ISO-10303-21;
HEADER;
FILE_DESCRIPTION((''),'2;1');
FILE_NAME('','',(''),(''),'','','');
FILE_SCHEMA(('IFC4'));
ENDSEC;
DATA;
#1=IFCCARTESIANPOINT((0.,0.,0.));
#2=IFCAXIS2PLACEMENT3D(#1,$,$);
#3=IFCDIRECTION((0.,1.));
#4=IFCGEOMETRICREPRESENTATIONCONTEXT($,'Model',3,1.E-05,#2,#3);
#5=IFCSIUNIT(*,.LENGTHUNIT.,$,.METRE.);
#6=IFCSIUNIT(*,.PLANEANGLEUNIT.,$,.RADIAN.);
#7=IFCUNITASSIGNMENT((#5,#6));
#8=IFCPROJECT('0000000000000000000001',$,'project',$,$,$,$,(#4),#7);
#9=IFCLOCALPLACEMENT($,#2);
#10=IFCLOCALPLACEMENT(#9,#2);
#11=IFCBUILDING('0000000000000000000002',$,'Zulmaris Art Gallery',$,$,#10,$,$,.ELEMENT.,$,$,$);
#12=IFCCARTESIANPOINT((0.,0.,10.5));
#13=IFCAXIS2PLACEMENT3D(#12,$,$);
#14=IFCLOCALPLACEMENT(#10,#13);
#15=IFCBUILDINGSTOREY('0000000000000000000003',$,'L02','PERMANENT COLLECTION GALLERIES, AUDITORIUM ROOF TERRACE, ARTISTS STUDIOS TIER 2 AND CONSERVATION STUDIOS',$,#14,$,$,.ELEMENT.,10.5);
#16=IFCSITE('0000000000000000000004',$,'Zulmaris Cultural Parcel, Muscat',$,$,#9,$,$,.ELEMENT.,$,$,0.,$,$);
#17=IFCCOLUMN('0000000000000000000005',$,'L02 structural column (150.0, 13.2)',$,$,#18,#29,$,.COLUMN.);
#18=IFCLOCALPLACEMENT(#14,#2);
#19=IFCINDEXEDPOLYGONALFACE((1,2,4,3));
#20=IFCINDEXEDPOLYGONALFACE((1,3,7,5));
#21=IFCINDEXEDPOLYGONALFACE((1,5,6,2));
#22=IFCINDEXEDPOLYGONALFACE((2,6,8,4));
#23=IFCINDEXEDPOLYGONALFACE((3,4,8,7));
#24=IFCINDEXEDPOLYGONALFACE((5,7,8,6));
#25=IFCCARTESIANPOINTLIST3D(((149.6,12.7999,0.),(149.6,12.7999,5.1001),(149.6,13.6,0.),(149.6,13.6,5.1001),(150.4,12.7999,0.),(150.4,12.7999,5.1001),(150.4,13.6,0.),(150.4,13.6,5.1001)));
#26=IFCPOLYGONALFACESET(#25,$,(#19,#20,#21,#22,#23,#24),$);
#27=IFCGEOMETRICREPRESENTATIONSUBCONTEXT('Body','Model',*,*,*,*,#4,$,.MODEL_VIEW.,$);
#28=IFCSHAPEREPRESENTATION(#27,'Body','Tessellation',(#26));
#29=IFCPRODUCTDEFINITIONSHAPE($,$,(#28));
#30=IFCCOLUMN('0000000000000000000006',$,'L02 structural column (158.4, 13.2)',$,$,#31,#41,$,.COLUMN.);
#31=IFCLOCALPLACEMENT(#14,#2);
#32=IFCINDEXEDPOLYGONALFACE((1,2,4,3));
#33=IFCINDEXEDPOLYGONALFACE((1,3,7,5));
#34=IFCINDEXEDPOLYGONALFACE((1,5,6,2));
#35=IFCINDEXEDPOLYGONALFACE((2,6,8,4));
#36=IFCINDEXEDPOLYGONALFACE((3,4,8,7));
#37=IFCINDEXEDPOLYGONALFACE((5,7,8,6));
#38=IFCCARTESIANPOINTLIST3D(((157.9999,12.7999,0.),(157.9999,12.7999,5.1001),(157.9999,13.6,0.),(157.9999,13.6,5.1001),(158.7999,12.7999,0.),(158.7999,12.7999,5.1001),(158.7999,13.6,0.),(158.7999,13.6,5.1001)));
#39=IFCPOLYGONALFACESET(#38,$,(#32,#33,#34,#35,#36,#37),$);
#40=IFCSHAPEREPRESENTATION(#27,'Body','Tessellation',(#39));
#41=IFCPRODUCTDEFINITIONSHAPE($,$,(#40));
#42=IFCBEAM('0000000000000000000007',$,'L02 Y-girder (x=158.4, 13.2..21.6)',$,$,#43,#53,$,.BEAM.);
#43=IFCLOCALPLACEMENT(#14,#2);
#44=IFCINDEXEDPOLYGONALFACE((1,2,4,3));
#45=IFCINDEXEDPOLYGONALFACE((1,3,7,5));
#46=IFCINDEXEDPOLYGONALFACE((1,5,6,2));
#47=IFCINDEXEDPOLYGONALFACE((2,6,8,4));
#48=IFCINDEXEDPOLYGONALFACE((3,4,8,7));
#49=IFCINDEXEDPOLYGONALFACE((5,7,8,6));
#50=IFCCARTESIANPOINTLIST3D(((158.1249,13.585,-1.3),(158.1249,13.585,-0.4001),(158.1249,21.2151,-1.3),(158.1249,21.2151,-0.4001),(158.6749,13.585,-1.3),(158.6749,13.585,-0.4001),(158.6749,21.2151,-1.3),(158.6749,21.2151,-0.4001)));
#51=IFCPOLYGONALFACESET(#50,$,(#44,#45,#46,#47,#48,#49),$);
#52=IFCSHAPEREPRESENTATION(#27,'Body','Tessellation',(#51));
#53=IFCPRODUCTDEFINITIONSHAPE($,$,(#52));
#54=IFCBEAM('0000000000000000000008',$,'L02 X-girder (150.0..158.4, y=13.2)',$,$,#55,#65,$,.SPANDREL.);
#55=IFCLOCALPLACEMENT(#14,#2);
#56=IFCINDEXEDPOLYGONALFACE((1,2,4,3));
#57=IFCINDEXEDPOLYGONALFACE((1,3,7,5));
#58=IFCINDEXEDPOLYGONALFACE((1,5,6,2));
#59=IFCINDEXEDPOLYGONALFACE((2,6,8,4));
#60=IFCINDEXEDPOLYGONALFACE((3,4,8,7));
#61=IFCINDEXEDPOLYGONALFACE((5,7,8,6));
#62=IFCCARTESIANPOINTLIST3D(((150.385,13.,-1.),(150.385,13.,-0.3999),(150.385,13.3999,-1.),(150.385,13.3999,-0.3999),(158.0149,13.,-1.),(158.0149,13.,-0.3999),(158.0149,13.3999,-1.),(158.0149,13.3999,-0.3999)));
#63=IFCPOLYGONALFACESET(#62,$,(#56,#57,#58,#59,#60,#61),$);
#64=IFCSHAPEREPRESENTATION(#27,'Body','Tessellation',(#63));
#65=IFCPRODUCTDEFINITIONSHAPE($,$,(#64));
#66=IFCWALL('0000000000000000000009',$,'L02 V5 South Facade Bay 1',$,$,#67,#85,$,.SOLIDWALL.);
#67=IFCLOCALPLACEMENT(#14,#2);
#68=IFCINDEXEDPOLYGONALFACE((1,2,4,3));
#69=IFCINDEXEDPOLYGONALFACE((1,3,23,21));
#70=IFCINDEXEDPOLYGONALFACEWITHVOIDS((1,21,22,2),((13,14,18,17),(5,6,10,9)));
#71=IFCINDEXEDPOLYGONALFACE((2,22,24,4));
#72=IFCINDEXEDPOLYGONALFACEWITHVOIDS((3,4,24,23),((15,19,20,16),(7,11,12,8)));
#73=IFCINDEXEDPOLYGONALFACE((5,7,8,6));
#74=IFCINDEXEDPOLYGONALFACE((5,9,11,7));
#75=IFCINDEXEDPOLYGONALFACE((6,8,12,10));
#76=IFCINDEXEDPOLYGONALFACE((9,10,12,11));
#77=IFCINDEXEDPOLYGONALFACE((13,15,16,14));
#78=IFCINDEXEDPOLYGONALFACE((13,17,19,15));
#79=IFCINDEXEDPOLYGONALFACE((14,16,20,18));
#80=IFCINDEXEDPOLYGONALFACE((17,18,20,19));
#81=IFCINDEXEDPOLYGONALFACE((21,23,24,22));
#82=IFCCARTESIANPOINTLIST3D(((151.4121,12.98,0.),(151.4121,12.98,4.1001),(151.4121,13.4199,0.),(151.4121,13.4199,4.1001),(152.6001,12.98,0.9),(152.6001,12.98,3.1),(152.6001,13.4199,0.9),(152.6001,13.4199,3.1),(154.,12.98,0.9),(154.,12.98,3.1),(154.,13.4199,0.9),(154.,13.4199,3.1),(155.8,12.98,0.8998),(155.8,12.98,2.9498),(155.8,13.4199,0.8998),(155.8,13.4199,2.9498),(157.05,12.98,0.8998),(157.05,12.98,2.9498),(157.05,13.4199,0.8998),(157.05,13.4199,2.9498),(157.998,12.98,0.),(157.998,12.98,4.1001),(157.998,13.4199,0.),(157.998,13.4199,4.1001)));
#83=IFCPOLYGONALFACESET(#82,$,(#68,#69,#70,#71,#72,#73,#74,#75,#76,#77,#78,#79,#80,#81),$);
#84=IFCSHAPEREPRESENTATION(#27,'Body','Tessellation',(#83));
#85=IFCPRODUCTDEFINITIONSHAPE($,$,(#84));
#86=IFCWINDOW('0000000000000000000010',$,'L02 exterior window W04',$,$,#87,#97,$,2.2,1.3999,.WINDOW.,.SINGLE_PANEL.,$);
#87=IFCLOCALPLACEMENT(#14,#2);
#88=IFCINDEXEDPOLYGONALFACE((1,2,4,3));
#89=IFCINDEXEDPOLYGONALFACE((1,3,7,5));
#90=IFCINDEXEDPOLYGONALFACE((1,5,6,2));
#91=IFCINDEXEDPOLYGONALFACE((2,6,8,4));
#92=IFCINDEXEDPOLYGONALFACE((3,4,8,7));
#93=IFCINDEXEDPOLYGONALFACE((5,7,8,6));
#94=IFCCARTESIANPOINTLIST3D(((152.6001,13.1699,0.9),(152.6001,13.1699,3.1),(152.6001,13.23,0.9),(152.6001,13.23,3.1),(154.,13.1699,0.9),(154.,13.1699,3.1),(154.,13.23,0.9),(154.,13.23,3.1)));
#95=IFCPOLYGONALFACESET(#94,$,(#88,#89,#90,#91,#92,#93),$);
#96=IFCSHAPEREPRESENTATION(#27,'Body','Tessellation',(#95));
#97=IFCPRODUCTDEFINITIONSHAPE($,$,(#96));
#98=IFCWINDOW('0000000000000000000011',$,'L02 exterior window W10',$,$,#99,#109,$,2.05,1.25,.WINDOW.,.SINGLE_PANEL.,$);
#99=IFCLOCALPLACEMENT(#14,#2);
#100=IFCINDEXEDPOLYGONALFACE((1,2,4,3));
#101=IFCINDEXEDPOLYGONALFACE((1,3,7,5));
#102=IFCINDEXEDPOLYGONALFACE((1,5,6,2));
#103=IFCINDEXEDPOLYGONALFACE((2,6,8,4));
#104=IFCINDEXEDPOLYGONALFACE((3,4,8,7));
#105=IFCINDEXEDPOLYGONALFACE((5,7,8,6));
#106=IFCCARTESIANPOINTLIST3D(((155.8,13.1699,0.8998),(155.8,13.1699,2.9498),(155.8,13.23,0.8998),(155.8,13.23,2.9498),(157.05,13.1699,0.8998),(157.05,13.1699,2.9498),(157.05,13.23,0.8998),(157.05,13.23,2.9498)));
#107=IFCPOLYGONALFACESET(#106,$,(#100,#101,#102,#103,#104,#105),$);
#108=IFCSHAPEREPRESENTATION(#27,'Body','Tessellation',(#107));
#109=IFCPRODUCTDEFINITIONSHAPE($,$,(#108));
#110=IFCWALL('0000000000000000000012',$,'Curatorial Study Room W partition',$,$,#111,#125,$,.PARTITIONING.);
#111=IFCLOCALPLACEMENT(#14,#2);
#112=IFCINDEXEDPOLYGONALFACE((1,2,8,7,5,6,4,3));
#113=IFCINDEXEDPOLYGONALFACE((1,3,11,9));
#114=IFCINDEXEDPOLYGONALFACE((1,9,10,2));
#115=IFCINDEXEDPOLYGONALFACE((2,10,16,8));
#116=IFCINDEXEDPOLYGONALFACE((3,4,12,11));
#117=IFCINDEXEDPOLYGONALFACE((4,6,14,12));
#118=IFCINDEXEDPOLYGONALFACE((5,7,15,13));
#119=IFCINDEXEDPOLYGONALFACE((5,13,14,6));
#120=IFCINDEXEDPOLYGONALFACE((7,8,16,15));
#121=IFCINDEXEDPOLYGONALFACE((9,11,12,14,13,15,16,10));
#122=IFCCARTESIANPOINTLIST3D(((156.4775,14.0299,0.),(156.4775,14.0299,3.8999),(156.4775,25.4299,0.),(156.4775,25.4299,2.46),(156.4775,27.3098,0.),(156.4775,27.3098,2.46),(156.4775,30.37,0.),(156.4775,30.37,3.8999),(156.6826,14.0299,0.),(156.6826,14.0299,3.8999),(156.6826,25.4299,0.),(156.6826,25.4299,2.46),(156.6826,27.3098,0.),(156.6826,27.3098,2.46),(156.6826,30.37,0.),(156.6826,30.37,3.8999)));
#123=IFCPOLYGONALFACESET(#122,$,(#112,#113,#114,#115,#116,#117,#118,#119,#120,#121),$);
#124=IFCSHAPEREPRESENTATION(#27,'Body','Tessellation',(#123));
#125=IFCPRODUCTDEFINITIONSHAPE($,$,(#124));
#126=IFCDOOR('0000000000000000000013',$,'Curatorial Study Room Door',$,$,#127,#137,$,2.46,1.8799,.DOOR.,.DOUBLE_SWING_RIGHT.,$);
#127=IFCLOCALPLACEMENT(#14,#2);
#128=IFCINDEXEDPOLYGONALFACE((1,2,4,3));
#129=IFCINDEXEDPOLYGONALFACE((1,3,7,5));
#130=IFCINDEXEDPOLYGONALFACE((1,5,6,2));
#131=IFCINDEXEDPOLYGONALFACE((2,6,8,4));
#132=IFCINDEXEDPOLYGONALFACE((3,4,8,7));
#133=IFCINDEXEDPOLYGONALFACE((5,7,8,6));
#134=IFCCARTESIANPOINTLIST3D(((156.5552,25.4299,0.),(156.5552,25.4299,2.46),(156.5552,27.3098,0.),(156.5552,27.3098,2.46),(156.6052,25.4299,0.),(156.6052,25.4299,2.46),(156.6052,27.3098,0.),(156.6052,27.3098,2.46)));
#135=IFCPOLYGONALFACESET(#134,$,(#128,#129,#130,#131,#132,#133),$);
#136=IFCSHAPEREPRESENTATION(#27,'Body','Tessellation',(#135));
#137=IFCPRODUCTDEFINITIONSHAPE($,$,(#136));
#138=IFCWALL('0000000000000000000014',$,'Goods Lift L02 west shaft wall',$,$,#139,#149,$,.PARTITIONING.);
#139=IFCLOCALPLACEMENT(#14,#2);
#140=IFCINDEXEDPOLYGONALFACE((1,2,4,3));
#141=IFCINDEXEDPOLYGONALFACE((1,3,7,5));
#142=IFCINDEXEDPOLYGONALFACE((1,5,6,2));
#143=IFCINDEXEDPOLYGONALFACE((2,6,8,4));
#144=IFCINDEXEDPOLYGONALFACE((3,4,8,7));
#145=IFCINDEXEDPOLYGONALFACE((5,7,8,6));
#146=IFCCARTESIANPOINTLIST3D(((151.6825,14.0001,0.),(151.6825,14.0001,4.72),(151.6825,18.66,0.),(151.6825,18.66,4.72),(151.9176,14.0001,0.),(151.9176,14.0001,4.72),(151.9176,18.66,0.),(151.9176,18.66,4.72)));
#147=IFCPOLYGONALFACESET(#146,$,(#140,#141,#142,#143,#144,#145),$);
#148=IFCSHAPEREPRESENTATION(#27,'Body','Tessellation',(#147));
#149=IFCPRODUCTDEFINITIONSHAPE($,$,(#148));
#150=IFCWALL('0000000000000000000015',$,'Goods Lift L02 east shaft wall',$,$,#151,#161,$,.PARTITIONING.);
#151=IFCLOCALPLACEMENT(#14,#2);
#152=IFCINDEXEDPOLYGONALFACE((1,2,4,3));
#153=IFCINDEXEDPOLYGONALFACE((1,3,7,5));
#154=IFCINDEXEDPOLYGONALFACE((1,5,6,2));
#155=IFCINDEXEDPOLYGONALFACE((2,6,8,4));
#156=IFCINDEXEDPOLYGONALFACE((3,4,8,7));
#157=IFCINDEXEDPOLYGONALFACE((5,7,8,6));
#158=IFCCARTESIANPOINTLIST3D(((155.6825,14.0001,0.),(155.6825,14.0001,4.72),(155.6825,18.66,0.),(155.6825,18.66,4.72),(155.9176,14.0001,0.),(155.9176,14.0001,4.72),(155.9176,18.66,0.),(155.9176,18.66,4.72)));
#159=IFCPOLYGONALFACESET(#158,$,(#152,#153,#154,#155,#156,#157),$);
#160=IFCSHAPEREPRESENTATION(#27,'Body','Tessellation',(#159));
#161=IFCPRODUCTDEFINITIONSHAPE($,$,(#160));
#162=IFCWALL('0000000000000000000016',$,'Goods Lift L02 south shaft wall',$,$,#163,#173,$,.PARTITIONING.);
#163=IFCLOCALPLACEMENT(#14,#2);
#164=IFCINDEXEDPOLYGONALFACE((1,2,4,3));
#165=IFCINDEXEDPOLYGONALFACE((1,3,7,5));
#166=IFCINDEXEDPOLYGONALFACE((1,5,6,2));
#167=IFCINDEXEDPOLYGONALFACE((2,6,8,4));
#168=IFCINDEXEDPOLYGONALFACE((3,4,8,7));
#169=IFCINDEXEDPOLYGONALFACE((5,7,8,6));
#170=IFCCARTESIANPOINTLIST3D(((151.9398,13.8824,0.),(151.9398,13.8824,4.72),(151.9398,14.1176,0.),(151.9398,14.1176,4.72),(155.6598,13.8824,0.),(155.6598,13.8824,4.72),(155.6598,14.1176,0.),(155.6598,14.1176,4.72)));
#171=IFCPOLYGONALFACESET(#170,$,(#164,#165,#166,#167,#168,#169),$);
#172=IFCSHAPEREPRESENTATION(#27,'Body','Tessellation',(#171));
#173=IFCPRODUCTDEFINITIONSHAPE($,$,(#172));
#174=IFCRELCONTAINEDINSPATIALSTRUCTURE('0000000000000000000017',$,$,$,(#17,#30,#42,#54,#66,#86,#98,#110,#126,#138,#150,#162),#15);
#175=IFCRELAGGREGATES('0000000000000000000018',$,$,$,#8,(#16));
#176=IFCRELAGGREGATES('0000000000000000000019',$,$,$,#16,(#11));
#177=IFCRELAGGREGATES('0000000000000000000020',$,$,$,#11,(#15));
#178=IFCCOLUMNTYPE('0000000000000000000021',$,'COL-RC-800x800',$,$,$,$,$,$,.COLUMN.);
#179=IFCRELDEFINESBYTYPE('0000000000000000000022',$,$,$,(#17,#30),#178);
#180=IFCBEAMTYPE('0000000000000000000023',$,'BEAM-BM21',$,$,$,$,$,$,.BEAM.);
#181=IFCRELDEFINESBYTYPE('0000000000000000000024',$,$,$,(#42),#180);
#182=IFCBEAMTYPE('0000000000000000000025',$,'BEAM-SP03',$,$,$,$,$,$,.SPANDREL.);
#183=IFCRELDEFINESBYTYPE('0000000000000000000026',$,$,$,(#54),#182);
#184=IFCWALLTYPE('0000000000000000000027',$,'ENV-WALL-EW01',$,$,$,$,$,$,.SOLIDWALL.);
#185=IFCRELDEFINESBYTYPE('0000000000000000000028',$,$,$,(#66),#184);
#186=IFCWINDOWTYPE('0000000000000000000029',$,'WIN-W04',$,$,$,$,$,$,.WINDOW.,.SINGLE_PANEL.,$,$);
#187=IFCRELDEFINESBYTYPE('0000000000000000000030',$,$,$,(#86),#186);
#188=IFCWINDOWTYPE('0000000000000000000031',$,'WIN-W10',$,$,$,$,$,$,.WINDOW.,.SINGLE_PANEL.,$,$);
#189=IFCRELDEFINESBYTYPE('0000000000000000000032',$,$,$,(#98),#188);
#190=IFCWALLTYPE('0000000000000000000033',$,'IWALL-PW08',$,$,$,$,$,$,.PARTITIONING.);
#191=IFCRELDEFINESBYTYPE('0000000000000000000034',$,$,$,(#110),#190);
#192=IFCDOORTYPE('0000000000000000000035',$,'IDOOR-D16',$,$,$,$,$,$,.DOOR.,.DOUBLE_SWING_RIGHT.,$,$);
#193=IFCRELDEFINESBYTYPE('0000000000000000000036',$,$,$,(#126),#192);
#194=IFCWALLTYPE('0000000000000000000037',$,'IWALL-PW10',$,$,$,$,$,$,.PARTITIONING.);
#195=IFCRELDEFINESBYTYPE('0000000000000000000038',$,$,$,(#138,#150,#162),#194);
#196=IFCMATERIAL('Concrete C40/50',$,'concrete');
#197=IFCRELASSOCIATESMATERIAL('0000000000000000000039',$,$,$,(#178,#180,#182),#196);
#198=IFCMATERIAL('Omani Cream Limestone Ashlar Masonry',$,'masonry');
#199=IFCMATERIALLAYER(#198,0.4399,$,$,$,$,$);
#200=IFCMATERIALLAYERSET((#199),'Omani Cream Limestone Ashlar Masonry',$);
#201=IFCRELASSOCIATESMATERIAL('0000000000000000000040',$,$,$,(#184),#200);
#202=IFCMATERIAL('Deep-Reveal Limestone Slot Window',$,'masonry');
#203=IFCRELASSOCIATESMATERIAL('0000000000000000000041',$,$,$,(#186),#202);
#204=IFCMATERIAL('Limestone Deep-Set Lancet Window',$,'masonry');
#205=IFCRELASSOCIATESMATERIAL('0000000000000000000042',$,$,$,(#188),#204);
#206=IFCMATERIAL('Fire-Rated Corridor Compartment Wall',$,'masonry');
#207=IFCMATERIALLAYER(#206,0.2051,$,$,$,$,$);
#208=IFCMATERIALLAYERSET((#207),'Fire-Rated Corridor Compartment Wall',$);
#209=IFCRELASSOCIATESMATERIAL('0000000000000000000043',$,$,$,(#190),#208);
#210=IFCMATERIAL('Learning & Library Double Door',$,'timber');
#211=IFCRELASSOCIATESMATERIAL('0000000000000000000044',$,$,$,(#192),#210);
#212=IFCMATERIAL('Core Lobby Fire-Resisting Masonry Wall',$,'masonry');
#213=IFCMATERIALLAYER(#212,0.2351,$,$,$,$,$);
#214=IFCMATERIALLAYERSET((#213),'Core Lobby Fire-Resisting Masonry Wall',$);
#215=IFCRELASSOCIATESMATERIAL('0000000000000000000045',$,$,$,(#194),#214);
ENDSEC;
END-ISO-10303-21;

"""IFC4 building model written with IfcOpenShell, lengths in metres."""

from ifc_helpers import new_model, si_unit, direction, frame, frame_2d, origin, origin_2d, place, context, subcontext, project, spatial, rectangle, extrude, material, layer, layer_set, material_profile, profile_set, type_object, element, fill, save


model = new_model("IFC4")

# Units and contexts
model_context = context("Model", 3, precision=1e-05, world=origin(), true_north=direction((0.0, 1.0)))
body_context = subcontext(model_context, "Body", "Model", "MODEL_VIEW")
ifc_project = project(units=[si_unit("LENGTHUNIT", "METRE"), si_unit("PLANEANGLEUNIT", "RADIAN")], contexts=[model_context])

# Site, building, storey
site_placement = place(None, origin())
site = spatial("IfcSite", under=ifc_project, at=site_placement, Name="Zulmaris Cultural Parcel, Muscat", CompositionType="ELEMENT", RefElevation=0.0)
building_placement = place(site_placement, origin())
building = spatial("IfcBuilding", under=site, at=building_placement, Name="Zulmaris Art Gallery", CompositionType="ELEMENT")
storey_placement = place(building_placement, frame((0.0, 0.0, 10.5)))
storey = spatial("IfcBuildingStorey", under=building, at=storey_placement, Name="L02", Description="PERMANENT COLLECTION GALLERIES, AUDITORIUM ROOF TERRACE, ARTISTS STUDIOS TIER 2 AND CONSERVATION STUDIOS", CompositionType="ELEMENT", Elevation=10.5)

# Columns
ifc_material_1 = material(Name="Concrete C40/50", Category="concrete")
ifc_material_profile_1 = material_profile(ifc_material_1, rectangle(XDim=0.8, YDim=0.8, at=origin_2d()), Name="RC 800x800")
ifc_profile_set_1 = profile_set([ifc_material_profile_1], Name="Concrete C40/50")
column_type = type_object("IfcColumnType", Name="COL-RC-800x800", PredefinedType="COLUMN", material=ifc_profile_set_1)
for number, where, z_axis, x_axis, name in (
    (1, (150.0, 13.2, 0.0), (0.0, 0.0, 1.0), (1.0, 0.0, 0.0), "L02 structural column (150.0, 13.2)"),
    (2, (158.3999, 13.2, 0.0), (0.0, 0.0, 1.0), (1.0, 0.0, 0.0), "L02 structural column (158.4, 13.2)"),
):
    element("IfcColumn", number, at=place(storey_placement, frame(where, z_axis=z_axis, x_axis=x_axis)), inside=storey, type_object=column_type, Name=name, PredefinedType="COLUMN", context=body_context, shape_type="SweptSolid", body=[
        extrude(rectangle(XDim=0.8, YDim=0.8, at=origin_2d()), origin(), (0.0, 0.0, 1.0), 5.1001),
    ])

# Beams
ifc_material_profile_2 = material_profile(ifc_material_1, rectangle(XDim=0.55, YDim=0.8999, at=origin_2d()), Name="RC 550x900")
ifc_profile_set_2 = profile_set([ifc_material_profile_2], Name="Concrete C40/50")
beam_type_1 = type_object("IfcBeamType", Name="BEAM-BM21", PredefinedType="BEAM", material=ifc_profile_set_2)
beam_1_placement = place(storey_placement, frame((158.3999, 13.585, -0.8501), z_axis=(0.0, 1.0, 0.0), x_axis=(-1.0, 0.0, 0.0)))
element("IfcBeam", 3, at=beam_1_placement, inside=storey, type_object=beam_type_1, Name="L02 Y-girder (x=158.4, 13.2..21.6)", PredefinedType="BEAM", context=body_context, shape_type="SweptSolid", body=[
    extrude(rectangle(XDim=0.55, YDim=0.8999, at=origin_2d()), origin(), (0.0, 0.0, 1.0), 7.6301),
])
ifc_material_profile_3 = material_profile(ifc_material_1, rectangle(XDim=0.3999, YDim=0.6001, at=origin_2d()), Name="RC 400x600")
ifc_profile_set_3 = profile_set([ifc_material_profile_3], Name="Concrete C40/50")
beam_type_2 = type_object("IfcBeamType", Name="BEAM-SP03", PredefinedType="SPANDREL", material=ifc_profile_set_3)
beam_2_placement = place(storey_placement, frame((150.385, 13.2, -0.7), z_axis=(1.0, 0.0, 0.0), x_axis=(0.0, 1.0, 0.0)))
element("IfcBeam", 4, at=beam_2_placement, inside=storey, type_object=beam_type_2, Name="L02 X-girder (150.0..158.4, y=13.2)", PredefinedType="SPANDREL", context=body_context, shape_type="SweptSolid", body=[
    extrude(rectangle(XDim=0.3999, YDim=0.6001, at=origin_2d()), origin(), (0.0, 0.0, 1.0), 7.6299),
])

# Wall, openings, windows
ifc_material_2 = material(Name="Omani Cream Limestone Ashlar Masonry", Category="masonry")
ifc_layer_1 = layer(ifc_material_2, 0.4399)
ifc_layer_set_1 = layer_set([ifc_layer_1], Name="Omani Cream Limestone Ashlar Masonry")
wall_type_1 = type_object("IfcWallType", Name="ENV-WALL-EW01", PredefinedType="SOLIDWALL", material=ifc_layer_set_1)
wall_1_placement = place(storey_placement, frame((151.4121, 13.2, 0.0), z_axis=(0.0, 0.0, 1.0), x_axis=(1.0, 0.0, 0.0)))
wall_1 = element("IfcWall", 5, at=wall_1_placement, inside=storey, type_object=wall_type_1, Name="L02 V5 South Facade Bay 1", PredefinedType="SOLIDWALL", context=body_context, shape_type="SweptSolid", body=[
    extrude(rectangle(XDim=6.5859, YDim=0.4399, at=frame_2d((3.293, 0.0))), origin(), (0.0, 0.0, 1.0), 4.1001),
])
opening_1_placement = place(wall_1_placement, frame((1.188, 0.0, 0.8999)))
opening_1 = element("IfcOpeningElement", 6, at=opening_1_placement, cuts=wall_1, PredefinedType="OPENING", context=body_context, shape_type="SweptSolid", body=[
    extrude(rectangle(XDim=1.3999, YDim=2.2, at=frame_2d((0.7, 1.1001))), frame((0.0, 0.23, 0.0), z_axis=(0.0, -1.0, 0.0), x_axis=(1.0, 0.0, 0.0)), (0.0, 0.0, 1.0), 0.46),
])
opening_2_placement = place(wall_1_placement, frame((4.3879, 0.0, 0.8999)))
opening_2 = element("IfcOpeningElement", 7, at=opening_2_placement, cuts=wall_1, PredefinedType="OPENING", context=body_context, shape_type="SweptSolid", body=[
    extrude(rectangle(XDim=1.25, YDim=2.05, at=frame_2d((0.625, 1.0249))), frame((0.0, 0.23, 0.0), z_axis=(0.0, -1.0, 0.0), x_axis=(1.0, 0.0, 0.0)), (0.0, 0.0, 1.0), 0.46),
])
ifc_material_3 = material(Name="Deep-Reveal Limestone Slot Window", Category="masonry")
window_type_1 = type_object("IfcWindowType", Name="WIN-W04", PartitioningType="SINGLE_PANEL", PredefinedType="WINDOW", material=ifc_material_3)
window_1_placement = place(opening_1_placement, origin())
window_1 = element("IfcWindow", 8, at=window_1_placement, inside=storey, type_object=window_type_1, Name="L02 exterior window W04", OverallHeight=2.2, OverallWidth=1.3999, PartitioningType="SINGLE_PANEL", PredefinedType="WINDOW", context=body_context, shape_type="SweptSolid", body=[
    extrude(rectangle(XDim=1.3999, YDim=2.2, at=frame_2d((0.7, 1.1001))), frame((0.0, 0.03, 0.0), z_axis=(0.0, -1.0, 0.0), x_axis=(1.0, 0.0, 0.0)), (0.0, 0.0, 1.0), 0.0601),
])
fill(opening_1, window_1)
ifc_material_4 = material(Name="Limestone Deep-Set Lancet Window", Category="masonry")
window_type_2 = type_object("IfcWindowType", Name="WIN-W10", PartitioningType="SINGLE_PANEL", PredefinedType="WINDOW", material=ifc_material_4)
window_2_placement = place(opening_2_placement, origin())
window_2 = element("IfcWindow", 9, at=window_2_placement, inside=storey, type_object=window_type_2, Name="L02 exterior window W10", OverallHeight=2.05, OverallWidth=1.25, PartitioningType="SINGLE_PANEL", PredefinedType="WINDOW", context=body_context, shape_type="SweptSolid", body=[
    extrude(rectangle(XDim=1.25, YDim=2.05, at=frame_2d((0.625, 1.0249))), frame((0.0, 0.03, 0.0), z_axis=(0.0, -1.0, 0.0), x_axis=(1.0, 0.0, 0.0)), (0.0, 0.0, 1.0), 0.0601),
])
fill(opening_2, window_2)

# Wall, opening, door
ifc_material_5 = material(Name="Fire-Rated Corridor Compartment Wall", Category="masonry")
ifc_layer_2 = layer(ifc_material_5, 0.2051)
ifc_layer_set_2 = layer_set([ifc_layer_2], Name="Fire-Rated Corridor Compartment Wall")
wall_type_2 = type_object("IfcWallType", Name="IWALL-PW08", PredefinedType="PARTITIONING", material=ifc_layer_set_2)
wall_2_placement = place(storey_placement, frame((156.5801, 14.03, 0.0), z_axis=(0.0, 0.0, 1.0), x_axis=(0.0, 1.0, 0.0)))
wall_2 = element("IfcWall", 10, at=wall_2_placement, inside=storey, type_object=wall_type_2, Name="Curatorial Study Room W partition", PredefinedType="PARTITIONING", context=body_context, shape_type="SweptSolid", body=[
    extrude(rectangle(XDim=16.3401, YDim=0.2051, at=frame_2d((8.1699, 0.0))), origin(), (0.0, 0.0, 1.0), 3.8999),
])
opening_3_placement = place(wall_2_placement, frame((11.3999, 0.0, 0.0)))
opening_3 = element("IfcOpeningElement", 11, at=opening_3_placement, cuts=wall_2, PredefinedType="OPENING", context=body_context, shape_type="SweptSolid", body=[
    extrude(rectangle(XDim=1.8799, YDim=2.46, at=frame_2d((0.9399, 1.23))), frame((0.0, 0.1125, 0.0), z_axis=(0.0, -1.0, 0.0), x_axis=(1.0, 0.0, 0.0)), (0.0, 0.0, 1.0), 0.2251),
])
ifc_material_6 = material(Name="Learning & Library Double Door", Category="timber")
door_type = type_object("IfcDoorType", Name="IDOOR-D16", OperationType="DOUBLE_SWING_RIGHT", PredefinedType="DOOR", material=ifc_material_6)
door_placement = place(opening_3_placement, origin())
door = element("IfcDoor", 12, at=door_placement, inside=storey, type_object=door_type, Name="Curatorial Study Room Door", OperationType="DOUBLE_SWING_RIGHT", OverallHeight=2.46, OverallWidth=1.8799, PredefinedType="DOOR", context=body_context, shape_type="SweptSolid", body=[
    extrude(rectangle(XDim=1.8799, YDim=2.46, at=frame_2d((0.9399, 1.23))), frame((0.0, 0.0249, 0.0), z_axis=(0.0, -1.0, 0.0), x_axis=(1.0, 0.0, 0.0)), (0.0, 0.0, 1.0), 0.05),
])
fill(opening_3, door)

# Walls
ifc_material_7 = material(Name="Core Lobby Fire-Resisting Masonry Wall", Category="masonry")
ifc_layer_3 = layer(ifc_material_7, 0.2351)
ifc_layer_set_3 = layer_set([ifc_layer_3], Name="Core Lobby Fire-Resisting Masonry Wall")
wall_type_3 = type_object("IfcWallType", Name="IWALL-PW10", PredefinedType="PARTITIONING", material=ifc_layer_set_3)
for number, where, z_axis, x_axis, name in (
    (13, (151.8, 14.0, 0.0), (0.0, 0.0, 1.0), (0.0, 1.0, 0.0), "Goods Lift L02 west shaft wall"),
    (14, (155.8, 14.0, 0.0), (0.0, 0.0, 1.0), (0.0, 1.0, 0.0), "Goods Lift L02 east shaft wall"),
):
    element("IfcWall", number, at=place(storey_placement, frame(where, z_axis=z_axis, x_axis=x_axis)), inside=storey, type_object=wall_type_3, Name=name, PredefinedType="PARTITIONING", context=body_context, shape_type="SweptSolid", body=[
        extrude(rectangle(XDim=4.6599, YDim=0.2351, at=frame_2d((2.3301, 0.0))), origin(), (0.0, 0.0, 1.0), 4.72),
    ])
wall_3_placement = place(storey_placement, frame((151.9399, 14.0, 0.0), z_axis=(0.0, 0.0, 1.0), x_axis=(1.0, 0.0, 0.0)))
element("IfcWall", 15, at=wall_3_placement, inside=storey, type_object=wall_type_3, Name="Goods Lift L02 south shaft wall", PredefinedType="PARTITIONING", context=body_context, shape_type="SweptSolid", body=[
    extrude(rectangle(XDim=3.72, YDim=0.2351, at=frame_2d((1.8599, 0.0))), origin(), (0.0, 0.0, 1.0), 4.72),
])

save(model, "model.ifc")
